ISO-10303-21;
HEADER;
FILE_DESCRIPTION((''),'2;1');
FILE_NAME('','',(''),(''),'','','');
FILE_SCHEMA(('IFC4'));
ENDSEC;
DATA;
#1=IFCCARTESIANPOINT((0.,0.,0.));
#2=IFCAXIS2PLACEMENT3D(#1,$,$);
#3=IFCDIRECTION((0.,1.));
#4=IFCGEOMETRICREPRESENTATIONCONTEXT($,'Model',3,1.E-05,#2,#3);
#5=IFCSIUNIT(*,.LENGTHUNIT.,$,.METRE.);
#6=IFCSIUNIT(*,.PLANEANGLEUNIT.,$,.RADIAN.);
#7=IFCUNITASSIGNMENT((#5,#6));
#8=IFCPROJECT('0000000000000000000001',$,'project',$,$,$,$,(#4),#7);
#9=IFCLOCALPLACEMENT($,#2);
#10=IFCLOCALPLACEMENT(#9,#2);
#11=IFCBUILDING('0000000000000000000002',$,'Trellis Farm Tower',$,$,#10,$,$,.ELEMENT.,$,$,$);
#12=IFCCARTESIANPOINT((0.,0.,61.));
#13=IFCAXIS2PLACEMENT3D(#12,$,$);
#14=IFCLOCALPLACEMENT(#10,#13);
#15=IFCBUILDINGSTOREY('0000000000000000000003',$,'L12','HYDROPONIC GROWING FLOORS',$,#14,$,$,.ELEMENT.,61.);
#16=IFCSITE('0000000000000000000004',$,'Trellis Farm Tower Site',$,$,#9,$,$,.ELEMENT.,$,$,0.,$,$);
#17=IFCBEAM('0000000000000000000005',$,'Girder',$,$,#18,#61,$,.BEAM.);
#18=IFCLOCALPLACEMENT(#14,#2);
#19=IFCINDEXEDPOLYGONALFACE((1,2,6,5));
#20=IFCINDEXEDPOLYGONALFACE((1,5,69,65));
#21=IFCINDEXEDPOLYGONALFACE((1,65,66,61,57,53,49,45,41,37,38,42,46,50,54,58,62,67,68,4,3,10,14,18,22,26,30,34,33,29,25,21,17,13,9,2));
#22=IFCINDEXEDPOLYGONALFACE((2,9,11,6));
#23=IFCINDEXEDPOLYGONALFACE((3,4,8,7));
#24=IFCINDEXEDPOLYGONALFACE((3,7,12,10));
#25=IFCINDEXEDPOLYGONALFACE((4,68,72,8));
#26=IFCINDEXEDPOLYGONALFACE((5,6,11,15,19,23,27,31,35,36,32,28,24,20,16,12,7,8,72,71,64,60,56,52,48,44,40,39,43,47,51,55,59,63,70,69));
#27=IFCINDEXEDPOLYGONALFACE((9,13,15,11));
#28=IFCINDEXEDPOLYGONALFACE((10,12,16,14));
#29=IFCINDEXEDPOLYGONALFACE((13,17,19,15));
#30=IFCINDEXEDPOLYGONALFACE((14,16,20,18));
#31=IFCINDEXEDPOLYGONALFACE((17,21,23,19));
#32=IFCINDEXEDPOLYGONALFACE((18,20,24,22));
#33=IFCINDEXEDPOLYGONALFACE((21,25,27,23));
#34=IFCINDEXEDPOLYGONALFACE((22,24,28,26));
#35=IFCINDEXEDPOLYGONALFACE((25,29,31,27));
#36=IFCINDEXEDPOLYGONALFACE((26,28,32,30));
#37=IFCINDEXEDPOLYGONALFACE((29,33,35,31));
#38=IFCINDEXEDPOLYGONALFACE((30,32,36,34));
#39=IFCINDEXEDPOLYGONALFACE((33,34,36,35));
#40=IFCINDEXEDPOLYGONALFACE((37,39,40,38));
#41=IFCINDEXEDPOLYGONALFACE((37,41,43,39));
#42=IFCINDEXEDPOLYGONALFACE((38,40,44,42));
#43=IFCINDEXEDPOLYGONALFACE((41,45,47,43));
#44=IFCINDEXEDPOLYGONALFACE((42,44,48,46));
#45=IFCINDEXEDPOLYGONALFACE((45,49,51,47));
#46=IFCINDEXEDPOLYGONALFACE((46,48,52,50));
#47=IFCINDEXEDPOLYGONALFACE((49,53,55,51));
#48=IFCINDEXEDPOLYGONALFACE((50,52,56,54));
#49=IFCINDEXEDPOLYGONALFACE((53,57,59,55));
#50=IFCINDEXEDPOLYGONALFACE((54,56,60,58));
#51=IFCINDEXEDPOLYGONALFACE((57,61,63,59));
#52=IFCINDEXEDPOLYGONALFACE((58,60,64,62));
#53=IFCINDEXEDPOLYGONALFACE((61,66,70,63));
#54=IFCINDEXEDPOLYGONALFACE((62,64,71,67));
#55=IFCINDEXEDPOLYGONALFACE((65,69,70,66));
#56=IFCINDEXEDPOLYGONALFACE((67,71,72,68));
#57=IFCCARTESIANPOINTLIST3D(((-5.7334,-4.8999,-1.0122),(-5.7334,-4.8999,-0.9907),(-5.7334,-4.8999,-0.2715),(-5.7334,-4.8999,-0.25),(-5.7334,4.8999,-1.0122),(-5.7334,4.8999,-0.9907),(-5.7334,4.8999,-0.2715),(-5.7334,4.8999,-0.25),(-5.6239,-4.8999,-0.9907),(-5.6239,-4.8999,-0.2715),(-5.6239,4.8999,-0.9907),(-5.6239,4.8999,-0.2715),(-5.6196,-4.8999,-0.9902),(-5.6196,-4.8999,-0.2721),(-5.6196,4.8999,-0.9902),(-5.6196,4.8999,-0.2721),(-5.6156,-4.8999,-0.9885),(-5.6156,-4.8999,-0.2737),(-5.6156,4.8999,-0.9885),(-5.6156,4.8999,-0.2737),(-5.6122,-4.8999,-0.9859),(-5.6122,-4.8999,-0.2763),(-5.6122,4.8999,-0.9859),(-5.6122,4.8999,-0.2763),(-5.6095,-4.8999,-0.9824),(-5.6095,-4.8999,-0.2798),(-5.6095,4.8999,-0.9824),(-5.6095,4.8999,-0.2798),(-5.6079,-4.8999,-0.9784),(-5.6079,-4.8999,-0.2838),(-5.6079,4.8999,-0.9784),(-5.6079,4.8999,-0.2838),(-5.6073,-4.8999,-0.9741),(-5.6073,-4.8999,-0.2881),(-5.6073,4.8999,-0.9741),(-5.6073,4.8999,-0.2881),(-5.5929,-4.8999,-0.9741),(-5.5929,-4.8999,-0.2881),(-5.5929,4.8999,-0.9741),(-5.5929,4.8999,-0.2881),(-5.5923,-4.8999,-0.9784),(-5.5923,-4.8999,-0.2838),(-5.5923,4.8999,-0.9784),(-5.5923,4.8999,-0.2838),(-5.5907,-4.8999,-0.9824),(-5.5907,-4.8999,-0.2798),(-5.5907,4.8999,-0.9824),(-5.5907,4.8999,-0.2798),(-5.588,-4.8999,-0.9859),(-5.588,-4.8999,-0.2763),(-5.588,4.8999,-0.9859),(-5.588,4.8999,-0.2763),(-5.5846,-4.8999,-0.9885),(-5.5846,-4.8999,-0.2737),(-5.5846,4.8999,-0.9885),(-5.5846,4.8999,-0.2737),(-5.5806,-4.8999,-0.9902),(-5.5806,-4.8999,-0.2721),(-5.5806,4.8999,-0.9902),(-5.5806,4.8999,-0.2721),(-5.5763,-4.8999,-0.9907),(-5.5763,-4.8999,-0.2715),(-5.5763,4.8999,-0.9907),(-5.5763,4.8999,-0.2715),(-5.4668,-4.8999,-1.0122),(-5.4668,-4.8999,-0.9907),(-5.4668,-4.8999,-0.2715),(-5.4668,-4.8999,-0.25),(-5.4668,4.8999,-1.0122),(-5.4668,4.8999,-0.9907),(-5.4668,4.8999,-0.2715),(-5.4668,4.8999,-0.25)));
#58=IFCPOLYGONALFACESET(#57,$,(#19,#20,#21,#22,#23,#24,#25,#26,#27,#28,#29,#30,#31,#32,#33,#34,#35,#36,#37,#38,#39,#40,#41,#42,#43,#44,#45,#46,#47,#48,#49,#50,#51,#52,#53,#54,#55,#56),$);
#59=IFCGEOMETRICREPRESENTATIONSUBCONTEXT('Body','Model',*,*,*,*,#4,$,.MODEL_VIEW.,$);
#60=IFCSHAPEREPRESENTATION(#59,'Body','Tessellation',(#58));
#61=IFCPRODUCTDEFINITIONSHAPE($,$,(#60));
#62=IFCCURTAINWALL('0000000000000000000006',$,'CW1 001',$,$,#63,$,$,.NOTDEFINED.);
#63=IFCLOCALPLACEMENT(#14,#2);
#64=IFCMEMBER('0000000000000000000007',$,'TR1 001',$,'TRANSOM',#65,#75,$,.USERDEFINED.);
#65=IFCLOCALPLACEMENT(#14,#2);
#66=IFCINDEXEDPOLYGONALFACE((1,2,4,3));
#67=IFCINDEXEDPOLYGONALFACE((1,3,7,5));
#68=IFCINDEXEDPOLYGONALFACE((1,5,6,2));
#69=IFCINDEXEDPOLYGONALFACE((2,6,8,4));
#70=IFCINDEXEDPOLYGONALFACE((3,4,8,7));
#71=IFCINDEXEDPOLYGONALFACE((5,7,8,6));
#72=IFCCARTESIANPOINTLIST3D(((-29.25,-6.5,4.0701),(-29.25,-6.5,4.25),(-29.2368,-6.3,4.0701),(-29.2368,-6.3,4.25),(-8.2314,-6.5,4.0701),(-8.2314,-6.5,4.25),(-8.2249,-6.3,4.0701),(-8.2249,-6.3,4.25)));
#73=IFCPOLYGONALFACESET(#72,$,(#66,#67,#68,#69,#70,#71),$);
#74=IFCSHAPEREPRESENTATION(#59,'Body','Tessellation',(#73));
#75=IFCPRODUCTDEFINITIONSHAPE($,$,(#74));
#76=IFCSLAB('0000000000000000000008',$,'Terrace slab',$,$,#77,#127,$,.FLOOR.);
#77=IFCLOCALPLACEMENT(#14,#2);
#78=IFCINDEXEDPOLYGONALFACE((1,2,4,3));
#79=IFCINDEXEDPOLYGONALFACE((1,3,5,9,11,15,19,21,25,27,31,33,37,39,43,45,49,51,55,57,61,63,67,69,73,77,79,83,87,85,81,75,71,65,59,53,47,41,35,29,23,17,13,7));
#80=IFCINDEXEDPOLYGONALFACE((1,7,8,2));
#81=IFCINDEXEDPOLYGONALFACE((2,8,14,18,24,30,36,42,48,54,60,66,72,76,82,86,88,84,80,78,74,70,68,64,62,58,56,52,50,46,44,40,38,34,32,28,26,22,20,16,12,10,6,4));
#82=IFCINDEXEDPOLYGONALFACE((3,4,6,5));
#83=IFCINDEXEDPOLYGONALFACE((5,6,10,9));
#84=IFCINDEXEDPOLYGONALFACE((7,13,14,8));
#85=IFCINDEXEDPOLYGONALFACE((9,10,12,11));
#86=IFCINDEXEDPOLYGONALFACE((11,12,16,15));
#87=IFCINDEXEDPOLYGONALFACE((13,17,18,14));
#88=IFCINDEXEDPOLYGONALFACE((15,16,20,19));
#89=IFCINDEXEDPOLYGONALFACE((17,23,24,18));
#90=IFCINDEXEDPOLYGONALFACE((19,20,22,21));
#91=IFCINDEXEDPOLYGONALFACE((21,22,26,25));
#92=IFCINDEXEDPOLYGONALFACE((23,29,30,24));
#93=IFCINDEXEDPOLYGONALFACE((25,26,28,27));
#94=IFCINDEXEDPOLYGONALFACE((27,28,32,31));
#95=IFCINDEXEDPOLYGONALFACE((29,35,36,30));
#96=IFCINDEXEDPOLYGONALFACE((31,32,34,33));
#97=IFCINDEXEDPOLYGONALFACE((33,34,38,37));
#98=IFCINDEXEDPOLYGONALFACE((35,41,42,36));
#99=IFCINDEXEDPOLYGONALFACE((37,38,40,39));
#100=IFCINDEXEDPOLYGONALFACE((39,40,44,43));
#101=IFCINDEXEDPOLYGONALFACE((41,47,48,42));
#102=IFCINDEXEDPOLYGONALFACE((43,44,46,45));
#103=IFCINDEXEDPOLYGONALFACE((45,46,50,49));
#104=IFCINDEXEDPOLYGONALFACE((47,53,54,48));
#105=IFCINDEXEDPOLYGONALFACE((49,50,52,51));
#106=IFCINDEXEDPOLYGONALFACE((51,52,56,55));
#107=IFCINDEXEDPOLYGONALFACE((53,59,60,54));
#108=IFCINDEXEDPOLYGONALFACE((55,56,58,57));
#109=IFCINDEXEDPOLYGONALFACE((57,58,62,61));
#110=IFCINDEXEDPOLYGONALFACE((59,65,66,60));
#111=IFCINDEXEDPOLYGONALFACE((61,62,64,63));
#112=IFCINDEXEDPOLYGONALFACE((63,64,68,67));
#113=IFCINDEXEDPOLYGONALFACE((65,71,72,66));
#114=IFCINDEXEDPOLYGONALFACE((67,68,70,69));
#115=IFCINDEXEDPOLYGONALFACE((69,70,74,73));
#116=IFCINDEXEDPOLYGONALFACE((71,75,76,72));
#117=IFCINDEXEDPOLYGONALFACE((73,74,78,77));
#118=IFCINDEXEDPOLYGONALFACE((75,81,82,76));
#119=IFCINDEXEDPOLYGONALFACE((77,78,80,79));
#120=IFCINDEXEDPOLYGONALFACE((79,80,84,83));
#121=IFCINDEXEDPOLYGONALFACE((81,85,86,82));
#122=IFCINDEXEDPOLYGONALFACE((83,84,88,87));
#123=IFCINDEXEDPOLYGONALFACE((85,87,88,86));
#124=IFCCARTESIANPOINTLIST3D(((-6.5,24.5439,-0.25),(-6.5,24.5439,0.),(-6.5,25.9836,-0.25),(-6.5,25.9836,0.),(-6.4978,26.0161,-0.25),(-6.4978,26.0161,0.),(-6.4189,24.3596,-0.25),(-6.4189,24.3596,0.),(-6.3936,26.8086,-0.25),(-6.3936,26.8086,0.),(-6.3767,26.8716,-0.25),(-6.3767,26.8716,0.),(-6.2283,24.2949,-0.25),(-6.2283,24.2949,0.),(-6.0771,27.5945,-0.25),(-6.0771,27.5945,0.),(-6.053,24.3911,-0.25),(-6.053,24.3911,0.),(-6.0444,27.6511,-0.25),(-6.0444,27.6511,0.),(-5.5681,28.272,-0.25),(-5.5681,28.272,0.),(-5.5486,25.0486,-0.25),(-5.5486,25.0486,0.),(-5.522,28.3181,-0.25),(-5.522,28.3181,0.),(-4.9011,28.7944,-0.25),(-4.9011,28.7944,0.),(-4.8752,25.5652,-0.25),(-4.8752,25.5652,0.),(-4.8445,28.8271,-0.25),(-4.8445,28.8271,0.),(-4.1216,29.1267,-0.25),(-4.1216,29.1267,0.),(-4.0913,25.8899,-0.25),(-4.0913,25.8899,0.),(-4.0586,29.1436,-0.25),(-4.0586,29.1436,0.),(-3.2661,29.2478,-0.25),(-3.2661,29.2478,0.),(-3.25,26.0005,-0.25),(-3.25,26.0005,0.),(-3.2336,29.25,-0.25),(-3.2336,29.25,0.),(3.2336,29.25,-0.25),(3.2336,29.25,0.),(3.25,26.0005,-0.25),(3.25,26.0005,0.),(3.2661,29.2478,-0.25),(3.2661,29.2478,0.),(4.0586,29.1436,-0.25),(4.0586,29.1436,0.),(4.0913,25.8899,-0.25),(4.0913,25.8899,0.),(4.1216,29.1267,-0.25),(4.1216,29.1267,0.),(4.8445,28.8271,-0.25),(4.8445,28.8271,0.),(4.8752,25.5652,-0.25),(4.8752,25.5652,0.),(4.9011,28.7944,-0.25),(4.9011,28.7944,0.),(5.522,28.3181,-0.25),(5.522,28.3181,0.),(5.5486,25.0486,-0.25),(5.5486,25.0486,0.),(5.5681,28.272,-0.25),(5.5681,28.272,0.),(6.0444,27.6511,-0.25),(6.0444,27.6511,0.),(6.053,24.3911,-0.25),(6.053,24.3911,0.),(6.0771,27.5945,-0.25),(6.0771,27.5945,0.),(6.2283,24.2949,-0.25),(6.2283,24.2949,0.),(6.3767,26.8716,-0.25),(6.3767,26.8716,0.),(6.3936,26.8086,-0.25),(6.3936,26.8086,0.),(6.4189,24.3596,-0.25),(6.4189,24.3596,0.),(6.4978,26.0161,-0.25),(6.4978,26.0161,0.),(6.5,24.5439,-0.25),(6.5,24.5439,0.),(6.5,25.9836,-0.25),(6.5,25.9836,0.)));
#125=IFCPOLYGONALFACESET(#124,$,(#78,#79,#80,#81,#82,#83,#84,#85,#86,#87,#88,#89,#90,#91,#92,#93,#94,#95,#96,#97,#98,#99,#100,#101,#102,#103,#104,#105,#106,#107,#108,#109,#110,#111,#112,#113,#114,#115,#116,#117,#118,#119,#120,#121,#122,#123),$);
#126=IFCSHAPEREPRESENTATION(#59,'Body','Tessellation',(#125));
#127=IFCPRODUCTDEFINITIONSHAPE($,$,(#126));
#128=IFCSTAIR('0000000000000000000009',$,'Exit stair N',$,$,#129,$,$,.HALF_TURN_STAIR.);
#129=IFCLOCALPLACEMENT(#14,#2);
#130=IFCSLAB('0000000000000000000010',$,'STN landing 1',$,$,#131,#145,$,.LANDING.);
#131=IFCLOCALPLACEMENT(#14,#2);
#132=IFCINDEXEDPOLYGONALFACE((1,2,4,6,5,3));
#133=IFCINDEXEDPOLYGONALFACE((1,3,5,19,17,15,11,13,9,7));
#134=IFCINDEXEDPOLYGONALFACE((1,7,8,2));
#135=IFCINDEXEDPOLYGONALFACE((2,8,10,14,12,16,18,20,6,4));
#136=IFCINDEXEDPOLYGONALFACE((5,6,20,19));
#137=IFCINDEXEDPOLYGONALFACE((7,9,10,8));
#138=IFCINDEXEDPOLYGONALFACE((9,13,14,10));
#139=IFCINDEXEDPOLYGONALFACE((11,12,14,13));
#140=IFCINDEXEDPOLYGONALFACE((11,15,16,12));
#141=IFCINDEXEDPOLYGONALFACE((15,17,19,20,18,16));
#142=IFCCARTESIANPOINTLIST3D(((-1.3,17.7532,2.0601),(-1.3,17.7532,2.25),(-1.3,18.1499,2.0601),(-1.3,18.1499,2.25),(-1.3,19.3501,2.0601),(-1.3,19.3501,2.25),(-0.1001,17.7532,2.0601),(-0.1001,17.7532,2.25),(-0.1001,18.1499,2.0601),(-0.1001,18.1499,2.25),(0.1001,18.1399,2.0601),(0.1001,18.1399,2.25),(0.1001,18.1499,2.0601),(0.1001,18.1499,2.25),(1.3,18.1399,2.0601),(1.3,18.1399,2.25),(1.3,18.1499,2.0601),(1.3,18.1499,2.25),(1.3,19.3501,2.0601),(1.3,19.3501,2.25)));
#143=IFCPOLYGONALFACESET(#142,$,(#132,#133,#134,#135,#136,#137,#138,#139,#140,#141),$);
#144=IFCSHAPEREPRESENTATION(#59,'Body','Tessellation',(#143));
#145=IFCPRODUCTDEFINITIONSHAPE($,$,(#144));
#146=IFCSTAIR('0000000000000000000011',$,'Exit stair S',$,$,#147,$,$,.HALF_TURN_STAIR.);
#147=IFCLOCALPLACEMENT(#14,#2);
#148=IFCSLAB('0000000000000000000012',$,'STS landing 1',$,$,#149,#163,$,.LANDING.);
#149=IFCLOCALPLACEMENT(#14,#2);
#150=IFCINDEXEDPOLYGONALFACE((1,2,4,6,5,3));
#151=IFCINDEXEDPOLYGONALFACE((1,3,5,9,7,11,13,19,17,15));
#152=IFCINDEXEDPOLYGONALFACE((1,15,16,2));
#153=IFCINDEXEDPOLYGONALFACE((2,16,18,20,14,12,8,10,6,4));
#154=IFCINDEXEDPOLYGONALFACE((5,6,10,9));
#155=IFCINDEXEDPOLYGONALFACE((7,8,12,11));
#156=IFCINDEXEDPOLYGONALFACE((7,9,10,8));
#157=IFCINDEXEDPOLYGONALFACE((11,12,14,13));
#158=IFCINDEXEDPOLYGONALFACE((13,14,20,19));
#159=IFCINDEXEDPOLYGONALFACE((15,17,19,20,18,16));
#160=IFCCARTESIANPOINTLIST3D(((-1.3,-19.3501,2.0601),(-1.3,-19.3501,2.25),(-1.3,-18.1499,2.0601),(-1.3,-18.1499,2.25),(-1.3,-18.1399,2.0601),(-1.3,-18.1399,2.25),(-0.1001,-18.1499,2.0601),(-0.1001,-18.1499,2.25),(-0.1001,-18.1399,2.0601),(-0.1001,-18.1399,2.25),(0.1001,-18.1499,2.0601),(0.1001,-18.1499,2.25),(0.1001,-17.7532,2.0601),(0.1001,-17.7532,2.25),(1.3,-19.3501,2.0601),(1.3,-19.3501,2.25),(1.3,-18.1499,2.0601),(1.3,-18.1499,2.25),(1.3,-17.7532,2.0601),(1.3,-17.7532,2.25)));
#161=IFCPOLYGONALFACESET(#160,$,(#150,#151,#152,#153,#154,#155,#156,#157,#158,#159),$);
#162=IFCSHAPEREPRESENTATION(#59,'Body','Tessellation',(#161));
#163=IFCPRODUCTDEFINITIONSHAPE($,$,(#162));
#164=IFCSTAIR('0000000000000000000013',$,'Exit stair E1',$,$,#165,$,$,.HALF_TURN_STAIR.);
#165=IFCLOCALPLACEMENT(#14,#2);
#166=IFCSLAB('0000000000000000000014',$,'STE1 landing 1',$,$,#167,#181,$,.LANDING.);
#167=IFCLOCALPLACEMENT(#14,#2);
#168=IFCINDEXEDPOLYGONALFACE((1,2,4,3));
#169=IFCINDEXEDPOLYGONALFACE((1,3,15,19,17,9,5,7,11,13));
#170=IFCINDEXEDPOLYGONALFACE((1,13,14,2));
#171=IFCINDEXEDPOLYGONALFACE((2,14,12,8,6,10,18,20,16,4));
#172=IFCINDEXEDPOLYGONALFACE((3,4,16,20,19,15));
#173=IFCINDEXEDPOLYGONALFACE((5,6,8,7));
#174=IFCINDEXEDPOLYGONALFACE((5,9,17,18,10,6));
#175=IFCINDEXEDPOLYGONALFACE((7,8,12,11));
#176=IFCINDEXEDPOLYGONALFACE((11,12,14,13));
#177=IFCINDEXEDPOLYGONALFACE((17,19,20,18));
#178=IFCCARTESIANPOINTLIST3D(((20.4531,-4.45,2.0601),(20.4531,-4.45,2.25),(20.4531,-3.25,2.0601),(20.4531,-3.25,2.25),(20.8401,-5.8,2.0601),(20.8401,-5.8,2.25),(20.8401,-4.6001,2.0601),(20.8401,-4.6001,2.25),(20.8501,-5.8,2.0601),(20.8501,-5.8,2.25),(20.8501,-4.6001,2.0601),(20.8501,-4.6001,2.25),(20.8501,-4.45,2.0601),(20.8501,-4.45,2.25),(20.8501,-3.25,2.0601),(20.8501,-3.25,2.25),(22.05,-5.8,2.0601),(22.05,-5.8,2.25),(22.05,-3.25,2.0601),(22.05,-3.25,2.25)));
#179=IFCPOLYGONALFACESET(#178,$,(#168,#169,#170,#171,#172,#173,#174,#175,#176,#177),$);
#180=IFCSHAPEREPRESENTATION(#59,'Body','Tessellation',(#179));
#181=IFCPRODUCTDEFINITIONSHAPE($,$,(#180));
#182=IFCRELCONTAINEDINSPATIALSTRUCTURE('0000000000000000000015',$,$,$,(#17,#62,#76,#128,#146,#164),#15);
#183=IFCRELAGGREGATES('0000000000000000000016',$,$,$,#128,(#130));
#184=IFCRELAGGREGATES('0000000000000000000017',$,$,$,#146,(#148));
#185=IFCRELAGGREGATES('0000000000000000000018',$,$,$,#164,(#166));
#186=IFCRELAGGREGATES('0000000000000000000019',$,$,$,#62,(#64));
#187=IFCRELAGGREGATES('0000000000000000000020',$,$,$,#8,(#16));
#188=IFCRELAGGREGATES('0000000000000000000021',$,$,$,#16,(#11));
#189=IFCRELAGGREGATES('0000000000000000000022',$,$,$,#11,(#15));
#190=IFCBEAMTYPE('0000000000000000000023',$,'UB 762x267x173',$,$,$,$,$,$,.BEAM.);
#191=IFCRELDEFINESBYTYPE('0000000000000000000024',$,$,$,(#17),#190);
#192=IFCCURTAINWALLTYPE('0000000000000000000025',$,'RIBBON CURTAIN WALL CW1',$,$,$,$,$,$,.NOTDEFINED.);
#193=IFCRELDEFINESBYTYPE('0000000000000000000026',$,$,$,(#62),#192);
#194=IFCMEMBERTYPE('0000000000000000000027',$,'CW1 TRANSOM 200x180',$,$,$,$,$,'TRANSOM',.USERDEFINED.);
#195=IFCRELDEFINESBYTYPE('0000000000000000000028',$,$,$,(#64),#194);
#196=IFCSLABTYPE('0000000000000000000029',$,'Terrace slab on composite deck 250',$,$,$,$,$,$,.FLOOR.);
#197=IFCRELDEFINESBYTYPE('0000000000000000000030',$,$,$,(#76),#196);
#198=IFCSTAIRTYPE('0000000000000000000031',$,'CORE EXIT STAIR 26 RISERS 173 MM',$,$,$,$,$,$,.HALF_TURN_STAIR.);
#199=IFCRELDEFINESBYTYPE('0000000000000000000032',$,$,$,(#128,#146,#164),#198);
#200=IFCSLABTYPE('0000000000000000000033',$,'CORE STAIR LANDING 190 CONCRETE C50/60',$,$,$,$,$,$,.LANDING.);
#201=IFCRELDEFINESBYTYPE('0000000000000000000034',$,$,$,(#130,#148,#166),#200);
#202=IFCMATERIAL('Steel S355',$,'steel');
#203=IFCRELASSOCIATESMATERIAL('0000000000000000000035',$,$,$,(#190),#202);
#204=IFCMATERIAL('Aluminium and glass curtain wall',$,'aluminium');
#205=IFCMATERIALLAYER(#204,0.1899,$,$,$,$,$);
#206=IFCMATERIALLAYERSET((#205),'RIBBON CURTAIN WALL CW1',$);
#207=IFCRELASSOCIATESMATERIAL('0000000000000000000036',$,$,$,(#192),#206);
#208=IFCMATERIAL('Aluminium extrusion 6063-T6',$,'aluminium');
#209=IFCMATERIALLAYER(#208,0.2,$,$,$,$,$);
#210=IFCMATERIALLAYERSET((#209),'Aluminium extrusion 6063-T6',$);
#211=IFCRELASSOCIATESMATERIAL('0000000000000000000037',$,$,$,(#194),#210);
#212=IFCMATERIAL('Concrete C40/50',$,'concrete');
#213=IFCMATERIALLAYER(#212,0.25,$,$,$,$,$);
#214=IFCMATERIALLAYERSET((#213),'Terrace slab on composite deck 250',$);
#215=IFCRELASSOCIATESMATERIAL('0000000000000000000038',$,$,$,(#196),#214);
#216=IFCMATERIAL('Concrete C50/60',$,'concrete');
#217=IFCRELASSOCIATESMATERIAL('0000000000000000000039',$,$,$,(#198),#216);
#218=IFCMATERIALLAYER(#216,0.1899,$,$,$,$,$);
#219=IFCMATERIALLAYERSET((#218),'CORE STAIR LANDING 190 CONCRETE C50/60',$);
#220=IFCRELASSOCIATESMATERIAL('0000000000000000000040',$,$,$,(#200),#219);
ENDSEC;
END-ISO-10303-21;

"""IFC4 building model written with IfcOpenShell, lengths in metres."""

from ifc_helpers import new_model, si_unit, direction, frame, origin, origin_2d, place, context, subcontext, project, spatial, polyline, i_section, outline, extrude, source, transform, mapped, material, layer, layer_set, material_profile, profile_set, type_object, element, aggregate, save


model = new_model("IFC4")

# Units and contexts
model_context = context("Model", 3, precision=1e-05, world=origin(), true_north=direction((0.0, 1.0)))
body_context = subcontext(model_context, "Body", "Model", "MODEL_VIEW")
ifc_project = project(units=[si_unit("LENGTHUNIT", "METRE"), si_unit("PLANEANGLEUNIT", "RADIAN")], contexts=[model_context])

# Site, building, storey
site_placement = place(None, origin())
site = spatial("IfcSite", under=ifc_project, at=site_placement, Name="Trellis Farm Tower Site", CompositionType="ELEMENT", RefElevation=0.0)
building_placement = place(site_placement, origin())
building = spatial("IfcBuilding", under=site, at=building_placement, Name="Trellis Farm Tower", CompositionType="ELEMENT")
storey_placement = place(building_placement, frame((0.0, 0.0, 61.0)))
storey = spatial("IfcBuildingStorey", under=building, at=storey_placement, Name="L12", Description="HYDROPONIC GROWING FLOORS", CompositionType="ELEMENT", Elevation=61.0)

# Beam
ifc_material_1 = material(Name="Steel S355", Category="steel")
ifc_material_profile_1 = material_profile(ifc_material_1, i_section(OverallWidth=0.2666, OverallDepth=0.7622, WebThickness=0.0144, FlangeThickness=0.0215, FilletRadius=0.0166, at=origin_2d()), Name="UB 762x267x173")
ifc_profile_set_1 = profile_set([ifc_material_profile_1], Name="Steel S355")
beam_type_1 = type_object("IfcBeamType", Name="UB 762x267x173", PredefinedType="BEAM", material=ifc_profile_set_1)
shared_shape_1 = source(origin(), body_context, "Body", "SweptSolid", [
    extrude(i_section(OverallWidth=0.2666, OverallDepth=0.7622, WebThickness=0.0144, FlangeThickness=0.0215, FilletRadius=0.0166, at=origin_2d()), origin(), (0.0, 0.0, 1.0), 9.7998),
])
for number, where, z_axis, x_axis, name in (
    (1, (-5.6001, -4.8999, -0.6311), (0.0, 1.0, 0.0), (-1.0, 0.0, 0.0), "Girder"),
):
    element("IfcBeam", number, at=place(storey_placement, frame(where, z_axis=z_axis, x_axis=x_axis)), inside=storey, type_object=beam_type_1, Name=name, PredefinedType="BEAM", context=body_context, shape_type="MappedRepresentation", body=[
        mapped(shared_shape_1, transform((0.0, 0.0, 0.0))),
    ])

# Curtain wall, member
ifc_material_2 = material(Name="Aluminium and glass curtain wall", Category="aluminium")
ifc_layer_1 = layer(ifc_material_2, 0.1899)
ifc_layer_set_1 = layer_set([ifc_layer_1], Name="RIBBON CURTAIN WALL CW1")
curtain_wall_type = type_object("IfcCurtainWallType", Name="RIBBON CURTAIN WALL CW1", PredefinedType="NOTDEFINED", material=ifc_layer_set_1)
placement_1 = place(storey_placement, origin())
curtain_wall = element("IfcCurtainWall", 2, at=placement_1, inside=storey, type_object=curtain_wall_type, Name="CW1 001", PredefinedType="NOTDEFINED")
ifc_material_3 = material(Name="Aluminium extrusion 6063-T6", Category="aluminium")
ifc_layer_2 = layer(ifc_material_3, 0.2)
ifc_layer_set_2 = layer_set([ifc_layer_2], Name="Aluminium extrusion 6063-T6")
member_type = type_object("IfcMemberType", Name="CW1 TRANSOM 200x180", ElementType="TRANSOM", PredefinedType="USERDEFINED", material=ifc_layer_set_2)
shared_shape_2 = source(origin(), body_context, "Body", "SweptSolid", [
    extrude(outline(polyline([(-29.25, -6.5), (-8.2314, -6.5), (-8.2249, -6.3), (-29.2368, -6.3), (-29.25, -6.5)])), origin(), (0.0, 0.0, 1.0), 0.1799),
])
member_placement = place(storey_placement, frame((0.0, 0.0, 4.0701)))
member = element("IfcMember", 3, at=member_placement, type_object=member_type, Name="TR1 001", ObjectType="TRANSOM", PredefinedType="USERDEFINED", context=body_context, shape_type="MappedRepresentation", body=[
    mapped(shared_shape_2, transform((0.0, 0.0, 0.0))),
])

# Slab
ifc_material_4 = material(Name="Concrete C40/50", Category="concrete")
ifc_layer_3 = layer(ifc_material_4, 0.25)
ifc_layer_set_3 = layer_set([ifc_layer_3], Name="Terrace slab on composite deck 250")
slab_type_1 = type_object("IfcSlabType", Name="Terrace slab on composite deck 250", PredefinedType="FLOOR", material=ifc_layer_set_3)
placement_2 = place(storey_placement, frame((0.0, 0.0, -0.25)))
element("IfcSlab", 4, at=placement_2, inside=storey, type_object=slab_type_1, Name="Terrace slab", PredefinedType="FLOOR", context=body_context, shape_type="SweptSolid", body=[
    extrude(outline(polyline([(-6.4189, 24.3596), (-6.5, 24.5439), (-6.5, 25.9836), (-6.4978, 26.0161), (-6.3936, 26.8086), (-6.3767, 26.8716), (-6.0771, 27.5945), (-6.0444, 27.6511), (-5.5681, 28.272), (-5.522, 28.3181), (-4.9011, 28.7944), (-4.8445, 28.8271), (-4.1216, 29.1267), (-4.0586, 29.1436), (-3.2661, 29.2478), (-3.2336, 29.25), (3.2336, 29.25), (3.2661, 29.2478), (4.0586, 29.1436), (4.1216, 29.1267), (4.8445, 28.8271), (4.9011, 28.7944), (5.522, 28.3181), (5.5681, 28.272), (6.0444, 27.6511), (6.0771, 27.5945), (6.3767, 26.8716), (6.3936, 26.8086), (6.4978, 26.0161), (6.5, 25.9836), (6.5, 24.5439), (6.4189, 24.3596), (6.2283, 24.2949), (6.053, 24.3911), (5.5486, 25.0486), (4.8752, 25.5652), (4.0913, 25.8899), (3.25, 26.0005), (-3.25, 26.0005), (-4.0913, 25.8899), (-4.8752, 25.5652), (-5.5486, 25.0486), (-6.053, 24.3911), (-6.2283, 24.2949), (-6.4189, 24.3596)])), origin(), (0.0, 0.0, 1.0), 0.25),
])

# Stairs, slabs
ifc_material_5 = material(Name="Concrete C50/60", Category="concrete")
stair_type = type_object("IfcStairType", Name="CORE EXIT STAIR 26 RISERS 173 MM", PredefinedType="HALF_TURN_STAIR", material=ifc_material_5)
stair_1 = element("IfcStair", 5, at=placement_1, inside=storey, type_object=stair_type, Name="Exit stair N", PredefinedType="HALF_TURN_STAIR")
ifc_layer_4 = layer(ifc_material_5, 0.1899)
ifc_layer_set_4 = layer_set([ifc_layer_4], Name="CORE STAIR LANDING 190 CONCRETE C50/60")
slab_type_2 = type_object("IfcSlabType", Name="CORE STAIR LANDING 190 CONCRETE C50/60", PredefinedType="LANDING", material=ifc_layer_set_4)
shared_shape_3 = source(origin(), body_context, "Body", "SweptSolid", [
    extrude(outline(polyline([(-0.1001, 17.7532), (-1.3, 17.7532), (-1.3, 18.1499), (-1.3, 19.3501), (1.3, 19.3501), (1.3, 18.1499), (1.3, 18.1399), (0.1001, 18.1399), (0.1001, 18.1499), (-0.1001, 18.1499), (-0.1001, 17.7532)])), origin(), (0.0, 0.0, 1.0), 0.1899),
])
placement_3 = place(storey_placement, frame((0.0, 0.0, 2.0601)))
slab_1 = element("IfcSlab", 6, at=placement_3, type_object=slab_type_2, Name="STN landing 1", PredefinedType="LANDING", context=body_context, shape_type="MappedRepresentation", body=[
    mapped(shared_shape_3, transform((0.0, 0.0, 0.0))),
])
aggregate(stair_1, [slab_1])
stair_2 = element("IfcStair", 7, at=placement_1, inside=storey, type_object=stair_type, Name="Exit stair S", PredefinedType="HALF_TURN_STAIR")
shared_shape_4 = source(origin(), body_context, "Body", "SweptSolid", [
    extrude(outline(polyline([(1.3, -19.3501), (-1.3, -19.3501), (-1.3, -18.1499), (-1.3, -18.1399), (-0.1001, -18.1399), (-0.1001, -18.1499), (0.1001, -18.1499), (0.1001, -17.7532), (1.3, -17.7532), (1.3, -18.1499), (1.3, -19.3501)])), origin(), (0.0, 0.0, 1.0), 0.1899),
])
slab_2 = element("IfcSlab", 8, at=placement_3, type_object=slab_type_2, Name="STS landing 1", PredefinedType="LANDING", context=body_context, shape_type="MappedRepresentation", body=[
    mapped(shared_shape_4, transform((0.0, 0.0, 0.0))),
])
aggregate(stair_2, [slab_2])
stair_3 = element("IfcStair", 9, at=placement_1, inside=storey, type_object=stair_type, Name="Exit stair E1", PredefinedType="HALF_TURN_STAIR")
shared_shape_5 = source(origin(), body_context, "Body", "SweptSolid", [
    extrude(outline(polyline([(20.8401, -5.8), (20.8401, -4.6001), (20.8501, -4.6001), (20.8501, -4.45), (20.4531, -4.45), (20.4531, -3.25), (20.8501, -3.25), (22.05, -3.25), (22.05, -5.8), (20.8501, -5.8), (20.8401, -5.8)])), origin(), (0.0, 0.0, 1.0), 0.1899),
])
slab_3 = element("IfcSlab", 10, at=placement_3, type_object=slab_type_2, Name="STE1 landing 1", PredefinedType="LANDING", context=body_context, shape_type="MappedRepresentation", body=[
    mapped(shared_shape_5, transform((0.0, 0.0, 0.0))),
])
aggregate(stair_3, [slab_3])

aggregate(curtain_wall, [member])

save(model, "model.ifc")
